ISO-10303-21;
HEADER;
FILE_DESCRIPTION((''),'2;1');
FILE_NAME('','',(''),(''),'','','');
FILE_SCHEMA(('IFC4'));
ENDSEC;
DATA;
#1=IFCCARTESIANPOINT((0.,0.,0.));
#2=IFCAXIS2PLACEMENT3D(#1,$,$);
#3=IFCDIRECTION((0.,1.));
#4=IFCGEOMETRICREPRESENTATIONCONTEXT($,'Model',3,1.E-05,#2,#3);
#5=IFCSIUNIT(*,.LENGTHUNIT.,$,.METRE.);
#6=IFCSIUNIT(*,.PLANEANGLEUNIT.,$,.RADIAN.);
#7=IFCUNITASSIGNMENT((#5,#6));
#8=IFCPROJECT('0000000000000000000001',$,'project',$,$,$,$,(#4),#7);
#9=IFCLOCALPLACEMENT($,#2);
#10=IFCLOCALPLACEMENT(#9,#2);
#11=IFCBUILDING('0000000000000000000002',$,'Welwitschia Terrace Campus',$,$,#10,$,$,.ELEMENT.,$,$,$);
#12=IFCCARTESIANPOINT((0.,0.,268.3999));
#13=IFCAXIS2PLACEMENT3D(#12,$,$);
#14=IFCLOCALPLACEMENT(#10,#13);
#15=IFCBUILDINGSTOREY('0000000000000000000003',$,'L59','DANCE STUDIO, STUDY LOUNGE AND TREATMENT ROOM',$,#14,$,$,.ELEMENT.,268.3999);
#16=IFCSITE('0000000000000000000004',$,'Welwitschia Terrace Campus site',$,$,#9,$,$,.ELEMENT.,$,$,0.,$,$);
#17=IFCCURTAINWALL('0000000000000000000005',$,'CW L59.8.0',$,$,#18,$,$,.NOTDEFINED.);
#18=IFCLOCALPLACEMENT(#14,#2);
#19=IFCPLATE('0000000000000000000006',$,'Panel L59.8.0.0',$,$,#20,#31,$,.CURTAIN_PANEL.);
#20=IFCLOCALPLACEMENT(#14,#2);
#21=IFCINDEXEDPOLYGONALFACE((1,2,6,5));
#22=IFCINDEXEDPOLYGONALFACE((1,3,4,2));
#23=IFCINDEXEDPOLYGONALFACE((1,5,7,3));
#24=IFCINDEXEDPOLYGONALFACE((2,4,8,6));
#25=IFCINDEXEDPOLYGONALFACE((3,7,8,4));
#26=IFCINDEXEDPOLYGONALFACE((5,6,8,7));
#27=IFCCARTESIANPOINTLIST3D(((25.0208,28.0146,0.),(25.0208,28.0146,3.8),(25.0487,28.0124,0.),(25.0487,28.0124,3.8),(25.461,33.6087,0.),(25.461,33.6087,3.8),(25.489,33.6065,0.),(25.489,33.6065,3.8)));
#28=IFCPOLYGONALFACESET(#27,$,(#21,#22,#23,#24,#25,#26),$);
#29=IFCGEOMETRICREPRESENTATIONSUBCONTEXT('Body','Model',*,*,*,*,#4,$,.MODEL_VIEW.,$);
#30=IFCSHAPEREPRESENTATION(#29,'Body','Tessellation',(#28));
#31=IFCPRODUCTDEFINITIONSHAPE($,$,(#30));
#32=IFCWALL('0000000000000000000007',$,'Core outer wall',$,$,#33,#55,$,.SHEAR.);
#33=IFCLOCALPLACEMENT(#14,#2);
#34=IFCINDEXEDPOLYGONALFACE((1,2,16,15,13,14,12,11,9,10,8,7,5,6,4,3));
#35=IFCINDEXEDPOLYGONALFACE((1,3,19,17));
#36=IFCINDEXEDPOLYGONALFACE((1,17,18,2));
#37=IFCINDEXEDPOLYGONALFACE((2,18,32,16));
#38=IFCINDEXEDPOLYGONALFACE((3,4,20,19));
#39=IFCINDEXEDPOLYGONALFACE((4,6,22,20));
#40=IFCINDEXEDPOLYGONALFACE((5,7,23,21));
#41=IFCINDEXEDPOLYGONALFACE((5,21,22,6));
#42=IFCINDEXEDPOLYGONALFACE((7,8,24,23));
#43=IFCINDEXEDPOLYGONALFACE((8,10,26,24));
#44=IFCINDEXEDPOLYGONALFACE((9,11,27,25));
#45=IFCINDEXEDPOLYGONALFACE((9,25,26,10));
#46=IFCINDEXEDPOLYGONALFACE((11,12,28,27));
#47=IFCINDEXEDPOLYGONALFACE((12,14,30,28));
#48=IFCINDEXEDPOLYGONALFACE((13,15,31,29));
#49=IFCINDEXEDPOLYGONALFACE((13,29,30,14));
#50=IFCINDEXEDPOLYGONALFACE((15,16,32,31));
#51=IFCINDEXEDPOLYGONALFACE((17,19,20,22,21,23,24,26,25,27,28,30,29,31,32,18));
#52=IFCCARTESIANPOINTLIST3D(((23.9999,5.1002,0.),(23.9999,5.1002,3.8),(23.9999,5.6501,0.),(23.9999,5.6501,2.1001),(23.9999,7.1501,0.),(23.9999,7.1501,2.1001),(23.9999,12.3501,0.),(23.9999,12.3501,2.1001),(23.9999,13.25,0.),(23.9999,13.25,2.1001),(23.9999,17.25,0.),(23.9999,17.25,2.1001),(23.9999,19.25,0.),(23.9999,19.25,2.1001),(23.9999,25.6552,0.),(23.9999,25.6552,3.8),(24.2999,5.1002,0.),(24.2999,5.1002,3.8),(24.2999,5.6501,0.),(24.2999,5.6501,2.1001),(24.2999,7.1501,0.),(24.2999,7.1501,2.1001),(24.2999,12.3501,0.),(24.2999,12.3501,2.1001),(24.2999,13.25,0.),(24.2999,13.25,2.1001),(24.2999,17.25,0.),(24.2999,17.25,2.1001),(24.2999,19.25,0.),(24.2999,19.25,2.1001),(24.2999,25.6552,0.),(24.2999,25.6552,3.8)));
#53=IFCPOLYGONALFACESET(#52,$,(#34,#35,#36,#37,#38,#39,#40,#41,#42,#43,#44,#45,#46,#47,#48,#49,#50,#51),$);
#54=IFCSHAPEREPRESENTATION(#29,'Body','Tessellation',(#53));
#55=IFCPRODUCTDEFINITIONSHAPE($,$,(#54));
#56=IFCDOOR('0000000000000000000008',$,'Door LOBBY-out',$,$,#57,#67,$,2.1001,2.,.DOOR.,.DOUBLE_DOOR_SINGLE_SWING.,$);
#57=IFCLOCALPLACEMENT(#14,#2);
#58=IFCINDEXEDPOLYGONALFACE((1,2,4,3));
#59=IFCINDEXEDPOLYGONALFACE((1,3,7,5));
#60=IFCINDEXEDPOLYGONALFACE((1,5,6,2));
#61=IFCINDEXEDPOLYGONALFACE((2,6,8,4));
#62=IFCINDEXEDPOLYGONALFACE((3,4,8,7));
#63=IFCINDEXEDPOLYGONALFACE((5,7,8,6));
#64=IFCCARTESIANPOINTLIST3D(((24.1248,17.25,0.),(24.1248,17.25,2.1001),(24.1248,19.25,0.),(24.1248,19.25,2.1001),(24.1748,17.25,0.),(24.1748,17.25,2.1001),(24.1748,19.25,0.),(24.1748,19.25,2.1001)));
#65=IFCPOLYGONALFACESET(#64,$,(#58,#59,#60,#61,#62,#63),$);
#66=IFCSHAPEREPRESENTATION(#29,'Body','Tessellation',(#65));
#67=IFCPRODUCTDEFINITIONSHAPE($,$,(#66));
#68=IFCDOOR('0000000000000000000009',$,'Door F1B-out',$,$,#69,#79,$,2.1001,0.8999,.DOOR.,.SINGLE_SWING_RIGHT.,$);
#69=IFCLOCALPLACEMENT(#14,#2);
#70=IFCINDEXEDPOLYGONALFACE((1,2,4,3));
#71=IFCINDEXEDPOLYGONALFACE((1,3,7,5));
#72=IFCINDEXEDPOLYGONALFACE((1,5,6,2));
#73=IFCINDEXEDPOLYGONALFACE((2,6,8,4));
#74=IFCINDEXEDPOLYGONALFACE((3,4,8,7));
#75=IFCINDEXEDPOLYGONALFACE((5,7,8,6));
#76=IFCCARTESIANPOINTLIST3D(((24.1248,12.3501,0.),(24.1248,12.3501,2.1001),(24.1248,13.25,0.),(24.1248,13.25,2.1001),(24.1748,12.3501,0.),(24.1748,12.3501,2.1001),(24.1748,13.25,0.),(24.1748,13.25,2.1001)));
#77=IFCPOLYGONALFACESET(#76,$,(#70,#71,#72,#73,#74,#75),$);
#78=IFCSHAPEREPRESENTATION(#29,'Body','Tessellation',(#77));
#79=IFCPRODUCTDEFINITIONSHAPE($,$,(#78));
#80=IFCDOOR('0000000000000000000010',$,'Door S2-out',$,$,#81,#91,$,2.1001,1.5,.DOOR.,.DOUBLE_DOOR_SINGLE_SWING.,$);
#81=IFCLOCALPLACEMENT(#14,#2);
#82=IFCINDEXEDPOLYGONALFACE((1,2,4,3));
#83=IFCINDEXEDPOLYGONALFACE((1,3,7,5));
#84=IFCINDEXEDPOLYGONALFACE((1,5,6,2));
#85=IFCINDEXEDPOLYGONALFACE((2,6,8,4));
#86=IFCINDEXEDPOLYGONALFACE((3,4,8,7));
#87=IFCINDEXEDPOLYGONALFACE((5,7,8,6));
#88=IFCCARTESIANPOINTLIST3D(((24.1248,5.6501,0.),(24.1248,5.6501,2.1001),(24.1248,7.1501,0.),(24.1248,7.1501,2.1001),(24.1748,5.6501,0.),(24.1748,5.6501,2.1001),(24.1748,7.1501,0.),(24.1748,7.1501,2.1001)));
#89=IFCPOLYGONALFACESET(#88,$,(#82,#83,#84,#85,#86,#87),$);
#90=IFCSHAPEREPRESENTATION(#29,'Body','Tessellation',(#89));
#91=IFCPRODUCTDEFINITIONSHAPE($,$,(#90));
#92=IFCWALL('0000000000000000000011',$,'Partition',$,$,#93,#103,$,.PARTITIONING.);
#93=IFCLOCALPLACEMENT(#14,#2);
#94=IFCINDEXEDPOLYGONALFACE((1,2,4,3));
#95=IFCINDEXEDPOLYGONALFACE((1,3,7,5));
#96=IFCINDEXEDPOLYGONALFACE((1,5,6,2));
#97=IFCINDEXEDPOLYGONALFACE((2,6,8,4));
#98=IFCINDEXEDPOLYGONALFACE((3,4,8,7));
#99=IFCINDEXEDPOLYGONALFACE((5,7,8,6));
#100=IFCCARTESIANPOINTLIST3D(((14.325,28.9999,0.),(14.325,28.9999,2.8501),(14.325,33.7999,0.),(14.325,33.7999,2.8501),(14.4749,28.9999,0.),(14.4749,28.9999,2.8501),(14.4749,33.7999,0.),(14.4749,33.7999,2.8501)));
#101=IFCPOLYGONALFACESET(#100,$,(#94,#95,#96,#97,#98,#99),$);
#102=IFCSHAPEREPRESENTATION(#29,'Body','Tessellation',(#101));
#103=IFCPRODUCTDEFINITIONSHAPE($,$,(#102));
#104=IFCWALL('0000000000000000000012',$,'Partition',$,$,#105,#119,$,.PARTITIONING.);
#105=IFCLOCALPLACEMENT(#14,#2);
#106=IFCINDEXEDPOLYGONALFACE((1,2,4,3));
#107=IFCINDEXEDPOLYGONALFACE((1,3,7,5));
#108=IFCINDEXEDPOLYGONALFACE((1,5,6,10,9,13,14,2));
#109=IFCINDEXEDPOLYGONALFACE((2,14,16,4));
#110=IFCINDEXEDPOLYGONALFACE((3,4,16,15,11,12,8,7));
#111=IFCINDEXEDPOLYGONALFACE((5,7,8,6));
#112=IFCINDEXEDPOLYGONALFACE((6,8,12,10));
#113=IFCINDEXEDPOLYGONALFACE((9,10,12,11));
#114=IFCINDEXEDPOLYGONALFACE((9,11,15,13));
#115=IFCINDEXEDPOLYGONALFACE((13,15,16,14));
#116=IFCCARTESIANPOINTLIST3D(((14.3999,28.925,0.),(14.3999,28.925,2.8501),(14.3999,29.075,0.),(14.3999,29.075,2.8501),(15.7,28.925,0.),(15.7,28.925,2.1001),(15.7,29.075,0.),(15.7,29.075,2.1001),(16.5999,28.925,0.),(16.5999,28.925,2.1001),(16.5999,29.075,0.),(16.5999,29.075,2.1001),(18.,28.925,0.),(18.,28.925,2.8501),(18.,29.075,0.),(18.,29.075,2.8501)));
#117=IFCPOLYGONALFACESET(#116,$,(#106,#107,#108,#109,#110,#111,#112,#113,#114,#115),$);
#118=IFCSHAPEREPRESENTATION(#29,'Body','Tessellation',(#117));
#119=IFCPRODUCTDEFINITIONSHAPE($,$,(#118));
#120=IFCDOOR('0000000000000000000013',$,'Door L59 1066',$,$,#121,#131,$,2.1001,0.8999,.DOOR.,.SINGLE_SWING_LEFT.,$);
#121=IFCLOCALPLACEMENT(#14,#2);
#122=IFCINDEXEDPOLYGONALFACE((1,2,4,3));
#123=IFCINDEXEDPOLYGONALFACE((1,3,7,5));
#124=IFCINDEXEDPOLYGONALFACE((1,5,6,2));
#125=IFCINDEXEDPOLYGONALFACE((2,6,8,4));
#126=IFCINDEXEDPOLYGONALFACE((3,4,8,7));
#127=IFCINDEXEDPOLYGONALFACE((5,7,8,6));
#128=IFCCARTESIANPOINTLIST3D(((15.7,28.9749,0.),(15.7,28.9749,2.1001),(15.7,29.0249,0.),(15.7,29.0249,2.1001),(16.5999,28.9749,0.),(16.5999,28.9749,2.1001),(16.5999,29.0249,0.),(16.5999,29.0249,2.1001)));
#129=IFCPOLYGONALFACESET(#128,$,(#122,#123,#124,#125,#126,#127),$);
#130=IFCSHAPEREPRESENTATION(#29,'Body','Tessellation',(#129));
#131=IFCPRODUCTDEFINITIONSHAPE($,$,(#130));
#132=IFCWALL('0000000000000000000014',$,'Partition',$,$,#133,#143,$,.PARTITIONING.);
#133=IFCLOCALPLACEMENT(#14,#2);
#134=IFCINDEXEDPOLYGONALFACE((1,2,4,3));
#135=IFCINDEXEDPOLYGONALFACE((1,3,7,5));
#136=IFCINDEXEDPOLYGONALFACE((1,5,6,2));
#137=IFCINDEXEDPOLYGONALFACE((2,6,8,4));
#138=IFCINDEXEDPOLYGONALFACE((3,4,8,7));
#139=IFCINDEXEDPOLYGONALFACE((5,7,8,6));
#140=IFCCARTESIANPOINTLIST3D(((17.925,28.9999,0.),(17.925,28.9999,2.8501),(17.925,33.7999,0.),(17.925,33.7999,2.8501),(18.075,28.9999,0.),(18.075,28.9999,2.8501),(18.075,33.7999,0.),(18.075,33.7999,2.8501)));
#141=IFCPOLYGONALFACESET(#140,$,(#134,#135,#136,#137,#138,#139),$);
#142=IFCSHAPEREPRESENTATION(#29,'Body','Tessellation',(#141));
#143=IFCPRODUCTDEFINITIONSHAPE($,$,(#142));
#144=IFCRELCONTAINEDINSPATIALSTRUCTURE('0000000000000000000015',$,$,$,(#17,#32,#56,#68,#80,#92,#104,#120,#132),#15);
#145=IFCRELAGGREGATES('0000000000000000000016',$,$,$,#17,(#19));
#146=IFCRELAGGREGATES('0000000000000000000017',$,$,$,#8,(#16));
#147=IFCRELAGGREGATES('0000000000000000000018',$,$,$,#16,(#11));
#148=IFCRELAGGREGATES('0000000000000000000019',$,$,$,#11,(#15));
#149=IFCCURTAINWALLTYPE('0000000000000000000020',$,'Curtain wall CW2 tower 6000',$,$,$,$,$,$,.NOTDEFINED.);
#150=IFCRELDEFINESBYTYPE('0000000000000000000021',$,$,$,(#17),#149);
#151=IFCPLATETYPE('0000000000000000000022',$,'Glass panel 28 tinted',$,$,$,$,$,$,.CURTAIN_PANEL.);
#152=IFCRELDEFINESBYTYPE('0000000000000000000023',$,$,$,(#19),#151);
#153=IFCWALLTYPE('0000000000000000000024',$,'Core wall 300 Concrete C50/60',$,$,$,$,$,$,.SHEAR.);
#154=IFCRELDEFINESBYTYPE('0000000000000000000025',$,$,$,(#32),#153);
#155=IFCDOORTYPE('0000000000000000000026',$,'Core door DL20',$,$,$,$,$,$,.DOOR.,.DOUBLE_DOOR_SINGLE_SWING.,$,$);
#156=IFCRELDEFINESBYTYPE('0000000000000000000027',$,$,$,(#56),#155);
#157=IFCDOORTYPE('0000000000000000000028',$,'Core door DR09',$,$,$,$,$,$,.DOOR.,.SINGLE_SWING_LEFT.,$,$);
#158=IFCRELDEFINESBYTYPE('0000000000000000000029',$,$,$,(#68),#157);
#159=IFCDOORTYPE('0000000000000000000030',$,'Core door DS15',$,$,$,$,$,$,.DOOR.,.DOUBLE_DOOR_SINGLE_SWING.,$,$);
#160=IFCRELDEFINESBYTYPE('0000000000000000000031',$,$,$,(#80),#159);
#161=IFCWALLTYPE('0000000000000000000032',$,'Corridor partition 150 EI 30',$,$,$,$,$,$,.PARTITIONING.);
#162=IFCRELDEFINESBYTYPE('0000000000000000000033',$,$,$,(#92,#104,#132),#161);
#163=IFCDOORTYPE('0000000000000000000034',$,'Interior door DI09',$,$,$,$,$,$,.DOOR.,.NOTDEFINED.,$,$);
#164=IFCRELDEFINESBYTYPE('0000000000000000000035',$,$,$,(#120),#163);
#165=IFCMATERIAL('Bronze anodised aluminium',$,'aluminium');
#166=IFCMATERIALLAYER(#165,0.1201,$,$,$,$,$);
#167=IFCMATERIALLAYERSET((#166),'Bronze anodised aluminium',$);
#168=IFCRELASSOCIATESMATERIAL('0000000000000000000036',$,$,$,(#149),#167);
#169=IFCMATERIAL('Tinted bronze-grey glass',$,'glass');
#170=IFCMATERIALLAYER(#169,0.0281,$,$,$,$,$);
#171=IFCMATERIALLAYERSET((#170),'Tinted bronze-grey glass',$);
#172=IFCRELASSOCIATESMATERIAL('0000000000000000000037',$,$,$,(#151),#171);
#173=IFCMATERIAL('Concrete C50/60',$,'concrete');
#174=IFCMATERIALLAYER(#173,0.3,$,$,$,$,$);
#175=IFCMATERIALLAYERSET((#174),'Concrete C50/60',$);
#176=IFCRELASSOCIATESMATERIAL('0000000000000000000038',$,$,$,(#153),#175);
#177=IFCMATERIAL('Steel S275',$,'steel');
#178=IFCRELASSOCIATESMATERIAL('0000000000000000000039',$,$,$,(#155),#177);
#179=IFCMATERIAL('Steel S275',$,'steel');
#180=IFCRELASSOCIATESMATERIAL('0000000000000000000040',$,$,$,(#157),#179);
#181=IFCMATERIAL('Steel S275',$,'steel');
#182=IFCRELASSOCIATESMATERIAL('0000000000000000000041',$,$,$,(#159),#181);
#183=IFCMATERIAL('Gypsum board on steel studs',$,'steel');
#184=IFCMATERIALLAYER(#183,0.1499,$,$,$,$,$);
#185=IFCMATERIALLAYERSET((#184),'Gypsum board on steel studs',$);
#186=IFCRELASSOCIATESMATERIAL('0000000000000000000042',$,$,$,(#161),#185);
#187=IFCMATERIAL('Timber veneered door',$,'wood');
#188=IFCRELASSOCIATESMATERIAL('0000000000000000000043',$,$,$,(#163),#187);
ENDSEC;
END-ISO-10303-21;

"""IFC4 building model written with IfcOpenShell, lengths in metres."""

from ifc_helpers import new_model, si_unit, direction, frame, frame_2d, origin, origin_2d, place, context, subcontext, project, spatial, rectangle, extrude, material, layer, layer_set, type_object, element, fill, aggregate, save


model = new_model("IFC4")

# Units and contexts
model_context = context("Model", 3, precision=1e-05, world=origin(), true_north=direction((0.0, 1.0)))
body_context = subcontext(model_context, "Body", "Model", "MODEL_VIEW")
ifc_project = project(units=[si_unit("LENGTHUNIT", "METRE"), si_unit("PLANEANGLEUNIT", "RADIAN")], contexts=[model_context])

# Site, building, storey
site_placement = place(None, origin())
site = spatial("IfcSite", under=ifc_project, at=site_placement, Name="Welwitschia Terrace Campus site", CompositionType="ELEMENT", RefElevation=0.0)
building_placement = place(site_placement, origin())
building = spatial("IfcBuilding", under=site, at=building_placement, Name="Welwitschia Terrace Campus", CompositionType="ELEMENT")
storey_placement = place(building_placement, frame((0.0, 0.0, 268.3999)))
storey = spatial("IfcBuildingStorey", under=building, at=storey_placement, Name="L59", Description="DANCE STUDIO, STUDY LOUNGE AND TREATMENT ROOM", CompositionType="ELEMENT", Elevation=268.3999)

# Curtain wall
ifc_material_1 = material(Name="Bronze anodised aluminium", Category="aluminium")
ifc_layer_1 = layer(ifc_material_1, 0.1201)
ifc_layer_set_1 = layer_set([ifc_layer_1], Name="Bronze anodised aluminium")
curtain_wall_type = type_object("IfcCurtainWallType", Name="Curtain wall CW2 tower 6000", PredefinedType="NOTDEFINED", material=ifc_layer_set_1)
curtain_wall_1_placement = place(storey_placement, origin())
curtain_wall_1 = element("IfcCurtainWall", 1, at=curtain_wall_1_placement, inside=storey, type_object=curtain_wall_type, Name="CW L59.8.0", PredefinedType="NOTDEFINED")

# Plate
ifc_material_2 = material(Name="Tinted bronze-grey glass", Category="glass")
ifc_layer_2 = layer(ifc_material_2, 0.0281)
ifc_layer_set_2 = layer_set([ifc_layer_2], Name="Tinted bronze-grey glass")
plate_type = type_object("IfcPlateType", Name="Glass panel 28 tinted", PredefinedType="CURTAIN_PANEL", material=ifc_layer_set_2)
plate_placement = place(storey_placement, frame((25.2549, 30.8105, 0.0), z_axis=(0.0, 0.0, 1.0), x_axis=(0.078459, 0.996917, 0.0)))
plate = element("IfcPlate", 2, at=plate_placement, type_object=plate_type, Name="Panel L59.8.0.0", PredefinedType="CURTAIN_PANEL", context=body_context, shape_type="SweptSolid", body=[
    extrude(rectangle(XDim=5.6113, YDim=0.0281, at=origin_2d()), origin(), (0.0, 0.0, 1.0), 3.8),
])
aggregate(curtain_wall_1, [plate])

# Wall, openings, doors
ifc_material_3 = material(Name="Concrete C50/60", Category="concrete")
ifc_layer_3 = layer(ifc_material_3, 0.3)
ifc_layer_set_3 = layer_set([ifc_layer_3], Name="Concrete C50/60")
wall_type_1 = type_object("IfcWallType", Name="Core wall 300 Concrete C50/60", PredefinedType="SHEAR", material=ifc_layer_set_3)
wall_1_placement = place(storey_placement, frame((24.1499, 25.655, 0.0), z_axis=(0.0, 0.0, 1.0), x_axis=(0.0, -1.0, 0.0)))
wall_1 = element("IfcWall", 3, at=wall_1_placement, inside=storey, type_object=wall_type_1, Name="Core outer wall", PredefinedType="SHEAR", context=body_context, shape_type="SweptSolid", body=[
    extrude(rectangle(XDim=20.5549, YDim=0.3, at=frame_2d((10.2773, 0.0))), origin(), (0.0, 0.0, 1.0), 3.8),
])
opening_1_placement = place(wall_1_placement, frame((18.5049, 0.0, 0.0)))
opening_1 = element("IfcOpeningElement", 4, at=opening_1_placement, cuts=wall_1, PredefinedType="OPENING", context=body_context, shape_type="SweptSolid", body=[
    extrude(rectangle(XDim=1.5, YDim=2.1001, at=frame_2d((0.75, 1.05))), frame((0.0, 0.1599, 0.0), z_axis=(0.0, -1.0, 0.0), x_axis=(1.0, 0.0, 0.0)), (0.0, 0.0, 1.0), 0.3201),
])
opening_2_placement = place(wall_1_placement, frame((12.405, 0.0, 0.0)))
opening_2 = element("IfcOpeningElement", 5, at=opening_2_placement, cuts=wall_1, PredefinedType="OPENING", context=body_context, shape_type="SweptSolid", body=[
    extrude(rectangle(XDim=0.8999, YDim=2.1001, at=frame_2d((0.45, 1.05))), frame((0.0, 0.1599, 0.0), z_axis=(0.0, -1.0, 0.0), x_axis=(1.0, 0.0, 0.0)), (0.0, 0.0, 1.0), 0.3201),
])
opening_3_placement = place(wall_1_placement, frame((6.405, 0.0, 0.0)))
opening_3 = element("IfcOpeningElement", 6, at=opening_3_placement, cuts=wall_1, PredefinedType="OPENING", context=body_context, shape_type="SweptSolid", body=[
    extrude(rectangle(XDim=2.0, YDim=2.1001, at=frame_2d((1.0, 1.05))), frame((0.0, 0.1599, 0.0), z_axis=(0.0, -1.0, 0.0), x_axis=(1.0, 0.0, 0.0)), (0.0, 0.0, 1.0), 0.3201),
])
ifc_material_4 = material(Name="Steel S275", Category="steel")
door_type_1 = type_object("IfcDoorType", Name="Core door DL20", OperationType="DOUBLE_DOOR_SINGLE_SWING", PredefinedType="DOOR", material=ifc_material_4)
door_1_placement = place(opening_3_placement, origin())
door_1 = element("IfcDoor", 7, at=door_1_placement, inside=storey, type_object=door_type_1, Name="Door LOBBY-out", OperationType="DOUBLE_DOOR_SINGLE_SWING", OverallHeight=2.1001, OverallWidth=2.0, PredefinedType="DOOR", context=body_context, shape_type="SweptSolid", body=[
    extrude(rectangle(XDim=2.0, YDim=2.1001, at=frame_2d((1.0, 1.05))), frame((0.0, 0.0249, 0.0), z_axis=(0.0, -1.0, 0.0), x_axis=(1.0, 0.0, 0.0)), (0.0, 0.0, 1.0), 0.05),
])
fill(opening_3, door_1)
ifc_material_5 = material(Name="Steel S275", Category="steel")
door_type_2 = type_object("IfcDoorType", Name="Core door DR09", OperationType="SINGLE_SWING_LEFT", PredefinedType="DOOR", material=ifc_material_5)
door_2_placement = place(opening_2_placement, origin())
door_2 = element("IfcDoor", 8, at=door_2_placement, inside=storey, type_object=door_type_2, Name="Door F1B-out", OperationType="SINGLE_SWING_RIGHT", OverallHeight=2.1001, OverallWidth=0.8999, PredefinedType="DOOR", context=body_context, shape_type="SweptSolid", body=[
    extrude(rectangle(XDim=0.8999, YDim=2.1001, at=frame_2d((0.45, 1.05))), frame((0.0, 0.0249, 0.0), z_axis=(0.0, -1.0, 0.0), x_axis=(1.0, 0.0, 0.0)), (0.0, 0.0, 1.0), 0.05),
])
fill(opening_2, door_2)
ifc_material_6 = material(Name="Steel S275", Category="steel")
door_type_3 = type_object("IfcDoorType", Name="Core door DS15", OperationType="DOUBLE_DOOR_SINGLE_SWING", PredefinedType="DOOR", material=ifc_material_6)
door_3_placement = place(opening_1_placement, origin())
door_3 = element("IfcDoor", 9, at=door_3_placement, inside=storey, type_object=door_type_3, Name="Door S2-out", OperationType="DOUBLE_DOOR_SINGLE_SWING", OverallHeight=2.1001, OverallWidth=1.5, PredefinedType="DOOR", context=body_context, shape_type="SweptSolid", body=[
    extrude(rectangle(XDim=1.5, YDim=2.1001, at=frame_2d((0.75, 1.05))), frame((0.0, 0.0249, 0.0), z_axis=(0.0, -1.0, 0.0), x_axis=(1.0, 0.0, 0.0)), (0.0, 0.0, 1.0), 0.05),
])
fill(opening_1, door_3)

# Wall
ifc_material_7 = material(Name="Gypsum board on steel studs", Category="steel")
ifc_layer_4 = layer(ifc_material_7, 0.1499)
ifc_layer_set_4 = layer_set([ifc_layer_4], Name="Gypsum board on steel studs")
wall_type_2 = type_object("IfcWallType", Name="Corridor partition 150 EI 30", PredefinedType="PARTITIONING", material=ifc_layer_set_4)
wall_2_placement = place(storey_placement, frame((14.3999, 29.0, 0.0), z_axis=(0.0, 0.0, 1.0), x_axis=(0.0, 1.0, 0.0)))
element("IfcWall", 10, at=wall_2_placement, inside=storey, type_object=wall_type_2, Name="Partition", PredefinedType="PARTITIONING", context=body_context, shape_type="SweptSolid", body=[
    extrude(rectangle(XDim=4.8, YDim=0.1499, at=frame_2d((2.3999, 0.0))), origin(), (0.0, 0.0, 1.0), 2.8501),
])

# Wall, opening, door
wall_3_placement = place(storey_placement, frame((14.3999, 29.0, 0.0), z_axis=(0.0, 0.0, 1.0), x_axis=(1.0, 0.0, 0.0)))
wall_3 = element("IfcWall", 11, at=wall_3_placement, inside=storey, type_object=wall_type_2, Name="Partition", PredefinedType="PARTITIONING", context=body_context, shape_type="SweptSolid", body=[
    extrude(rectangle(XDim=3.6001, YDim=0.1499, at=frame_2d((1.8, 0.0))), origin(), (0.0, 0.0, 1.0), 2.8501),
])
opening_4_placement = place(wall_3_placement, frame((1.3, 0.0, 0.0)))
opening_4 = element("IfcOpeningElement", 12, at=opening_4_placement, cuts=wall_3, PredefinedType="OPENING", context=body_context, shape_type="SweptSolid", body=[
    extrude(rectangle(XDim=0.8999, YDim=2.1001, at=frame_2d((0.45, 1.05))), frame((0.0, 0.085, 0.0), z_axis=(0.0, -1.0, 0.0), x_axis=(1.0, 0.0, 0.0)), (0.0, 0.0, 1.0), 0.1699),
])
ifc_material_8 = material(Name="Timber veneered door", Category="wood")
door_type_4 = type_object("IfcDoorType", Name="Interior door DI09", OperationType="NOTDEFINED", PredefinedType="DOOR", material=ifc_material_8)
door_4_placement = place(opening_4_placement, origin())
door_4 = element("IfcDoor", 13, at=door_4_placement, inside=storey, type_object=door_type_4, Name="Door L59 1066", OperationType="SINGLE_SWING_LEFT", OverallHeight=2.1001, OverallWidth=0.8999, PredefinedType="DOOR", context=body_context, shape_type="SweptSolid", body=[
    extrude(rectangle(XDim=0.8999, YDim=2.1001, at=frame_2d((0.45, 1.05))), frame((0.0, 0.0249, 0.0), z_axis=(0.0, -1.0, 0.0), x_axis=(1.0, 0.0, 0.0)), (0.0, 0.0, 1.0), 0.05),
])
fill(opening_4, door_4)

# Wall
wall_4_placement = place(storey_placement, frame((18.0, 29.0, 0.0), z_axis=(0.0, 0.0, 1.0), x_axis=(0.0, 1.0, 0.0)))
element("IfcWall", 14, at=wall_4_placement, inside=storey, type_object=wall_type_2, Name="Partition", PredefinedType="PARTITIONING", context=body_context, shape_type="SweptSolid", body=[
    extrude(rectangle(XDim=4.8, YDim=0.1499, at=frame_2d((2.3999, 0.0))), origin(), (0.0, 0.0, 1.0), 2.8501),
])

save(model, "model.ifc")
